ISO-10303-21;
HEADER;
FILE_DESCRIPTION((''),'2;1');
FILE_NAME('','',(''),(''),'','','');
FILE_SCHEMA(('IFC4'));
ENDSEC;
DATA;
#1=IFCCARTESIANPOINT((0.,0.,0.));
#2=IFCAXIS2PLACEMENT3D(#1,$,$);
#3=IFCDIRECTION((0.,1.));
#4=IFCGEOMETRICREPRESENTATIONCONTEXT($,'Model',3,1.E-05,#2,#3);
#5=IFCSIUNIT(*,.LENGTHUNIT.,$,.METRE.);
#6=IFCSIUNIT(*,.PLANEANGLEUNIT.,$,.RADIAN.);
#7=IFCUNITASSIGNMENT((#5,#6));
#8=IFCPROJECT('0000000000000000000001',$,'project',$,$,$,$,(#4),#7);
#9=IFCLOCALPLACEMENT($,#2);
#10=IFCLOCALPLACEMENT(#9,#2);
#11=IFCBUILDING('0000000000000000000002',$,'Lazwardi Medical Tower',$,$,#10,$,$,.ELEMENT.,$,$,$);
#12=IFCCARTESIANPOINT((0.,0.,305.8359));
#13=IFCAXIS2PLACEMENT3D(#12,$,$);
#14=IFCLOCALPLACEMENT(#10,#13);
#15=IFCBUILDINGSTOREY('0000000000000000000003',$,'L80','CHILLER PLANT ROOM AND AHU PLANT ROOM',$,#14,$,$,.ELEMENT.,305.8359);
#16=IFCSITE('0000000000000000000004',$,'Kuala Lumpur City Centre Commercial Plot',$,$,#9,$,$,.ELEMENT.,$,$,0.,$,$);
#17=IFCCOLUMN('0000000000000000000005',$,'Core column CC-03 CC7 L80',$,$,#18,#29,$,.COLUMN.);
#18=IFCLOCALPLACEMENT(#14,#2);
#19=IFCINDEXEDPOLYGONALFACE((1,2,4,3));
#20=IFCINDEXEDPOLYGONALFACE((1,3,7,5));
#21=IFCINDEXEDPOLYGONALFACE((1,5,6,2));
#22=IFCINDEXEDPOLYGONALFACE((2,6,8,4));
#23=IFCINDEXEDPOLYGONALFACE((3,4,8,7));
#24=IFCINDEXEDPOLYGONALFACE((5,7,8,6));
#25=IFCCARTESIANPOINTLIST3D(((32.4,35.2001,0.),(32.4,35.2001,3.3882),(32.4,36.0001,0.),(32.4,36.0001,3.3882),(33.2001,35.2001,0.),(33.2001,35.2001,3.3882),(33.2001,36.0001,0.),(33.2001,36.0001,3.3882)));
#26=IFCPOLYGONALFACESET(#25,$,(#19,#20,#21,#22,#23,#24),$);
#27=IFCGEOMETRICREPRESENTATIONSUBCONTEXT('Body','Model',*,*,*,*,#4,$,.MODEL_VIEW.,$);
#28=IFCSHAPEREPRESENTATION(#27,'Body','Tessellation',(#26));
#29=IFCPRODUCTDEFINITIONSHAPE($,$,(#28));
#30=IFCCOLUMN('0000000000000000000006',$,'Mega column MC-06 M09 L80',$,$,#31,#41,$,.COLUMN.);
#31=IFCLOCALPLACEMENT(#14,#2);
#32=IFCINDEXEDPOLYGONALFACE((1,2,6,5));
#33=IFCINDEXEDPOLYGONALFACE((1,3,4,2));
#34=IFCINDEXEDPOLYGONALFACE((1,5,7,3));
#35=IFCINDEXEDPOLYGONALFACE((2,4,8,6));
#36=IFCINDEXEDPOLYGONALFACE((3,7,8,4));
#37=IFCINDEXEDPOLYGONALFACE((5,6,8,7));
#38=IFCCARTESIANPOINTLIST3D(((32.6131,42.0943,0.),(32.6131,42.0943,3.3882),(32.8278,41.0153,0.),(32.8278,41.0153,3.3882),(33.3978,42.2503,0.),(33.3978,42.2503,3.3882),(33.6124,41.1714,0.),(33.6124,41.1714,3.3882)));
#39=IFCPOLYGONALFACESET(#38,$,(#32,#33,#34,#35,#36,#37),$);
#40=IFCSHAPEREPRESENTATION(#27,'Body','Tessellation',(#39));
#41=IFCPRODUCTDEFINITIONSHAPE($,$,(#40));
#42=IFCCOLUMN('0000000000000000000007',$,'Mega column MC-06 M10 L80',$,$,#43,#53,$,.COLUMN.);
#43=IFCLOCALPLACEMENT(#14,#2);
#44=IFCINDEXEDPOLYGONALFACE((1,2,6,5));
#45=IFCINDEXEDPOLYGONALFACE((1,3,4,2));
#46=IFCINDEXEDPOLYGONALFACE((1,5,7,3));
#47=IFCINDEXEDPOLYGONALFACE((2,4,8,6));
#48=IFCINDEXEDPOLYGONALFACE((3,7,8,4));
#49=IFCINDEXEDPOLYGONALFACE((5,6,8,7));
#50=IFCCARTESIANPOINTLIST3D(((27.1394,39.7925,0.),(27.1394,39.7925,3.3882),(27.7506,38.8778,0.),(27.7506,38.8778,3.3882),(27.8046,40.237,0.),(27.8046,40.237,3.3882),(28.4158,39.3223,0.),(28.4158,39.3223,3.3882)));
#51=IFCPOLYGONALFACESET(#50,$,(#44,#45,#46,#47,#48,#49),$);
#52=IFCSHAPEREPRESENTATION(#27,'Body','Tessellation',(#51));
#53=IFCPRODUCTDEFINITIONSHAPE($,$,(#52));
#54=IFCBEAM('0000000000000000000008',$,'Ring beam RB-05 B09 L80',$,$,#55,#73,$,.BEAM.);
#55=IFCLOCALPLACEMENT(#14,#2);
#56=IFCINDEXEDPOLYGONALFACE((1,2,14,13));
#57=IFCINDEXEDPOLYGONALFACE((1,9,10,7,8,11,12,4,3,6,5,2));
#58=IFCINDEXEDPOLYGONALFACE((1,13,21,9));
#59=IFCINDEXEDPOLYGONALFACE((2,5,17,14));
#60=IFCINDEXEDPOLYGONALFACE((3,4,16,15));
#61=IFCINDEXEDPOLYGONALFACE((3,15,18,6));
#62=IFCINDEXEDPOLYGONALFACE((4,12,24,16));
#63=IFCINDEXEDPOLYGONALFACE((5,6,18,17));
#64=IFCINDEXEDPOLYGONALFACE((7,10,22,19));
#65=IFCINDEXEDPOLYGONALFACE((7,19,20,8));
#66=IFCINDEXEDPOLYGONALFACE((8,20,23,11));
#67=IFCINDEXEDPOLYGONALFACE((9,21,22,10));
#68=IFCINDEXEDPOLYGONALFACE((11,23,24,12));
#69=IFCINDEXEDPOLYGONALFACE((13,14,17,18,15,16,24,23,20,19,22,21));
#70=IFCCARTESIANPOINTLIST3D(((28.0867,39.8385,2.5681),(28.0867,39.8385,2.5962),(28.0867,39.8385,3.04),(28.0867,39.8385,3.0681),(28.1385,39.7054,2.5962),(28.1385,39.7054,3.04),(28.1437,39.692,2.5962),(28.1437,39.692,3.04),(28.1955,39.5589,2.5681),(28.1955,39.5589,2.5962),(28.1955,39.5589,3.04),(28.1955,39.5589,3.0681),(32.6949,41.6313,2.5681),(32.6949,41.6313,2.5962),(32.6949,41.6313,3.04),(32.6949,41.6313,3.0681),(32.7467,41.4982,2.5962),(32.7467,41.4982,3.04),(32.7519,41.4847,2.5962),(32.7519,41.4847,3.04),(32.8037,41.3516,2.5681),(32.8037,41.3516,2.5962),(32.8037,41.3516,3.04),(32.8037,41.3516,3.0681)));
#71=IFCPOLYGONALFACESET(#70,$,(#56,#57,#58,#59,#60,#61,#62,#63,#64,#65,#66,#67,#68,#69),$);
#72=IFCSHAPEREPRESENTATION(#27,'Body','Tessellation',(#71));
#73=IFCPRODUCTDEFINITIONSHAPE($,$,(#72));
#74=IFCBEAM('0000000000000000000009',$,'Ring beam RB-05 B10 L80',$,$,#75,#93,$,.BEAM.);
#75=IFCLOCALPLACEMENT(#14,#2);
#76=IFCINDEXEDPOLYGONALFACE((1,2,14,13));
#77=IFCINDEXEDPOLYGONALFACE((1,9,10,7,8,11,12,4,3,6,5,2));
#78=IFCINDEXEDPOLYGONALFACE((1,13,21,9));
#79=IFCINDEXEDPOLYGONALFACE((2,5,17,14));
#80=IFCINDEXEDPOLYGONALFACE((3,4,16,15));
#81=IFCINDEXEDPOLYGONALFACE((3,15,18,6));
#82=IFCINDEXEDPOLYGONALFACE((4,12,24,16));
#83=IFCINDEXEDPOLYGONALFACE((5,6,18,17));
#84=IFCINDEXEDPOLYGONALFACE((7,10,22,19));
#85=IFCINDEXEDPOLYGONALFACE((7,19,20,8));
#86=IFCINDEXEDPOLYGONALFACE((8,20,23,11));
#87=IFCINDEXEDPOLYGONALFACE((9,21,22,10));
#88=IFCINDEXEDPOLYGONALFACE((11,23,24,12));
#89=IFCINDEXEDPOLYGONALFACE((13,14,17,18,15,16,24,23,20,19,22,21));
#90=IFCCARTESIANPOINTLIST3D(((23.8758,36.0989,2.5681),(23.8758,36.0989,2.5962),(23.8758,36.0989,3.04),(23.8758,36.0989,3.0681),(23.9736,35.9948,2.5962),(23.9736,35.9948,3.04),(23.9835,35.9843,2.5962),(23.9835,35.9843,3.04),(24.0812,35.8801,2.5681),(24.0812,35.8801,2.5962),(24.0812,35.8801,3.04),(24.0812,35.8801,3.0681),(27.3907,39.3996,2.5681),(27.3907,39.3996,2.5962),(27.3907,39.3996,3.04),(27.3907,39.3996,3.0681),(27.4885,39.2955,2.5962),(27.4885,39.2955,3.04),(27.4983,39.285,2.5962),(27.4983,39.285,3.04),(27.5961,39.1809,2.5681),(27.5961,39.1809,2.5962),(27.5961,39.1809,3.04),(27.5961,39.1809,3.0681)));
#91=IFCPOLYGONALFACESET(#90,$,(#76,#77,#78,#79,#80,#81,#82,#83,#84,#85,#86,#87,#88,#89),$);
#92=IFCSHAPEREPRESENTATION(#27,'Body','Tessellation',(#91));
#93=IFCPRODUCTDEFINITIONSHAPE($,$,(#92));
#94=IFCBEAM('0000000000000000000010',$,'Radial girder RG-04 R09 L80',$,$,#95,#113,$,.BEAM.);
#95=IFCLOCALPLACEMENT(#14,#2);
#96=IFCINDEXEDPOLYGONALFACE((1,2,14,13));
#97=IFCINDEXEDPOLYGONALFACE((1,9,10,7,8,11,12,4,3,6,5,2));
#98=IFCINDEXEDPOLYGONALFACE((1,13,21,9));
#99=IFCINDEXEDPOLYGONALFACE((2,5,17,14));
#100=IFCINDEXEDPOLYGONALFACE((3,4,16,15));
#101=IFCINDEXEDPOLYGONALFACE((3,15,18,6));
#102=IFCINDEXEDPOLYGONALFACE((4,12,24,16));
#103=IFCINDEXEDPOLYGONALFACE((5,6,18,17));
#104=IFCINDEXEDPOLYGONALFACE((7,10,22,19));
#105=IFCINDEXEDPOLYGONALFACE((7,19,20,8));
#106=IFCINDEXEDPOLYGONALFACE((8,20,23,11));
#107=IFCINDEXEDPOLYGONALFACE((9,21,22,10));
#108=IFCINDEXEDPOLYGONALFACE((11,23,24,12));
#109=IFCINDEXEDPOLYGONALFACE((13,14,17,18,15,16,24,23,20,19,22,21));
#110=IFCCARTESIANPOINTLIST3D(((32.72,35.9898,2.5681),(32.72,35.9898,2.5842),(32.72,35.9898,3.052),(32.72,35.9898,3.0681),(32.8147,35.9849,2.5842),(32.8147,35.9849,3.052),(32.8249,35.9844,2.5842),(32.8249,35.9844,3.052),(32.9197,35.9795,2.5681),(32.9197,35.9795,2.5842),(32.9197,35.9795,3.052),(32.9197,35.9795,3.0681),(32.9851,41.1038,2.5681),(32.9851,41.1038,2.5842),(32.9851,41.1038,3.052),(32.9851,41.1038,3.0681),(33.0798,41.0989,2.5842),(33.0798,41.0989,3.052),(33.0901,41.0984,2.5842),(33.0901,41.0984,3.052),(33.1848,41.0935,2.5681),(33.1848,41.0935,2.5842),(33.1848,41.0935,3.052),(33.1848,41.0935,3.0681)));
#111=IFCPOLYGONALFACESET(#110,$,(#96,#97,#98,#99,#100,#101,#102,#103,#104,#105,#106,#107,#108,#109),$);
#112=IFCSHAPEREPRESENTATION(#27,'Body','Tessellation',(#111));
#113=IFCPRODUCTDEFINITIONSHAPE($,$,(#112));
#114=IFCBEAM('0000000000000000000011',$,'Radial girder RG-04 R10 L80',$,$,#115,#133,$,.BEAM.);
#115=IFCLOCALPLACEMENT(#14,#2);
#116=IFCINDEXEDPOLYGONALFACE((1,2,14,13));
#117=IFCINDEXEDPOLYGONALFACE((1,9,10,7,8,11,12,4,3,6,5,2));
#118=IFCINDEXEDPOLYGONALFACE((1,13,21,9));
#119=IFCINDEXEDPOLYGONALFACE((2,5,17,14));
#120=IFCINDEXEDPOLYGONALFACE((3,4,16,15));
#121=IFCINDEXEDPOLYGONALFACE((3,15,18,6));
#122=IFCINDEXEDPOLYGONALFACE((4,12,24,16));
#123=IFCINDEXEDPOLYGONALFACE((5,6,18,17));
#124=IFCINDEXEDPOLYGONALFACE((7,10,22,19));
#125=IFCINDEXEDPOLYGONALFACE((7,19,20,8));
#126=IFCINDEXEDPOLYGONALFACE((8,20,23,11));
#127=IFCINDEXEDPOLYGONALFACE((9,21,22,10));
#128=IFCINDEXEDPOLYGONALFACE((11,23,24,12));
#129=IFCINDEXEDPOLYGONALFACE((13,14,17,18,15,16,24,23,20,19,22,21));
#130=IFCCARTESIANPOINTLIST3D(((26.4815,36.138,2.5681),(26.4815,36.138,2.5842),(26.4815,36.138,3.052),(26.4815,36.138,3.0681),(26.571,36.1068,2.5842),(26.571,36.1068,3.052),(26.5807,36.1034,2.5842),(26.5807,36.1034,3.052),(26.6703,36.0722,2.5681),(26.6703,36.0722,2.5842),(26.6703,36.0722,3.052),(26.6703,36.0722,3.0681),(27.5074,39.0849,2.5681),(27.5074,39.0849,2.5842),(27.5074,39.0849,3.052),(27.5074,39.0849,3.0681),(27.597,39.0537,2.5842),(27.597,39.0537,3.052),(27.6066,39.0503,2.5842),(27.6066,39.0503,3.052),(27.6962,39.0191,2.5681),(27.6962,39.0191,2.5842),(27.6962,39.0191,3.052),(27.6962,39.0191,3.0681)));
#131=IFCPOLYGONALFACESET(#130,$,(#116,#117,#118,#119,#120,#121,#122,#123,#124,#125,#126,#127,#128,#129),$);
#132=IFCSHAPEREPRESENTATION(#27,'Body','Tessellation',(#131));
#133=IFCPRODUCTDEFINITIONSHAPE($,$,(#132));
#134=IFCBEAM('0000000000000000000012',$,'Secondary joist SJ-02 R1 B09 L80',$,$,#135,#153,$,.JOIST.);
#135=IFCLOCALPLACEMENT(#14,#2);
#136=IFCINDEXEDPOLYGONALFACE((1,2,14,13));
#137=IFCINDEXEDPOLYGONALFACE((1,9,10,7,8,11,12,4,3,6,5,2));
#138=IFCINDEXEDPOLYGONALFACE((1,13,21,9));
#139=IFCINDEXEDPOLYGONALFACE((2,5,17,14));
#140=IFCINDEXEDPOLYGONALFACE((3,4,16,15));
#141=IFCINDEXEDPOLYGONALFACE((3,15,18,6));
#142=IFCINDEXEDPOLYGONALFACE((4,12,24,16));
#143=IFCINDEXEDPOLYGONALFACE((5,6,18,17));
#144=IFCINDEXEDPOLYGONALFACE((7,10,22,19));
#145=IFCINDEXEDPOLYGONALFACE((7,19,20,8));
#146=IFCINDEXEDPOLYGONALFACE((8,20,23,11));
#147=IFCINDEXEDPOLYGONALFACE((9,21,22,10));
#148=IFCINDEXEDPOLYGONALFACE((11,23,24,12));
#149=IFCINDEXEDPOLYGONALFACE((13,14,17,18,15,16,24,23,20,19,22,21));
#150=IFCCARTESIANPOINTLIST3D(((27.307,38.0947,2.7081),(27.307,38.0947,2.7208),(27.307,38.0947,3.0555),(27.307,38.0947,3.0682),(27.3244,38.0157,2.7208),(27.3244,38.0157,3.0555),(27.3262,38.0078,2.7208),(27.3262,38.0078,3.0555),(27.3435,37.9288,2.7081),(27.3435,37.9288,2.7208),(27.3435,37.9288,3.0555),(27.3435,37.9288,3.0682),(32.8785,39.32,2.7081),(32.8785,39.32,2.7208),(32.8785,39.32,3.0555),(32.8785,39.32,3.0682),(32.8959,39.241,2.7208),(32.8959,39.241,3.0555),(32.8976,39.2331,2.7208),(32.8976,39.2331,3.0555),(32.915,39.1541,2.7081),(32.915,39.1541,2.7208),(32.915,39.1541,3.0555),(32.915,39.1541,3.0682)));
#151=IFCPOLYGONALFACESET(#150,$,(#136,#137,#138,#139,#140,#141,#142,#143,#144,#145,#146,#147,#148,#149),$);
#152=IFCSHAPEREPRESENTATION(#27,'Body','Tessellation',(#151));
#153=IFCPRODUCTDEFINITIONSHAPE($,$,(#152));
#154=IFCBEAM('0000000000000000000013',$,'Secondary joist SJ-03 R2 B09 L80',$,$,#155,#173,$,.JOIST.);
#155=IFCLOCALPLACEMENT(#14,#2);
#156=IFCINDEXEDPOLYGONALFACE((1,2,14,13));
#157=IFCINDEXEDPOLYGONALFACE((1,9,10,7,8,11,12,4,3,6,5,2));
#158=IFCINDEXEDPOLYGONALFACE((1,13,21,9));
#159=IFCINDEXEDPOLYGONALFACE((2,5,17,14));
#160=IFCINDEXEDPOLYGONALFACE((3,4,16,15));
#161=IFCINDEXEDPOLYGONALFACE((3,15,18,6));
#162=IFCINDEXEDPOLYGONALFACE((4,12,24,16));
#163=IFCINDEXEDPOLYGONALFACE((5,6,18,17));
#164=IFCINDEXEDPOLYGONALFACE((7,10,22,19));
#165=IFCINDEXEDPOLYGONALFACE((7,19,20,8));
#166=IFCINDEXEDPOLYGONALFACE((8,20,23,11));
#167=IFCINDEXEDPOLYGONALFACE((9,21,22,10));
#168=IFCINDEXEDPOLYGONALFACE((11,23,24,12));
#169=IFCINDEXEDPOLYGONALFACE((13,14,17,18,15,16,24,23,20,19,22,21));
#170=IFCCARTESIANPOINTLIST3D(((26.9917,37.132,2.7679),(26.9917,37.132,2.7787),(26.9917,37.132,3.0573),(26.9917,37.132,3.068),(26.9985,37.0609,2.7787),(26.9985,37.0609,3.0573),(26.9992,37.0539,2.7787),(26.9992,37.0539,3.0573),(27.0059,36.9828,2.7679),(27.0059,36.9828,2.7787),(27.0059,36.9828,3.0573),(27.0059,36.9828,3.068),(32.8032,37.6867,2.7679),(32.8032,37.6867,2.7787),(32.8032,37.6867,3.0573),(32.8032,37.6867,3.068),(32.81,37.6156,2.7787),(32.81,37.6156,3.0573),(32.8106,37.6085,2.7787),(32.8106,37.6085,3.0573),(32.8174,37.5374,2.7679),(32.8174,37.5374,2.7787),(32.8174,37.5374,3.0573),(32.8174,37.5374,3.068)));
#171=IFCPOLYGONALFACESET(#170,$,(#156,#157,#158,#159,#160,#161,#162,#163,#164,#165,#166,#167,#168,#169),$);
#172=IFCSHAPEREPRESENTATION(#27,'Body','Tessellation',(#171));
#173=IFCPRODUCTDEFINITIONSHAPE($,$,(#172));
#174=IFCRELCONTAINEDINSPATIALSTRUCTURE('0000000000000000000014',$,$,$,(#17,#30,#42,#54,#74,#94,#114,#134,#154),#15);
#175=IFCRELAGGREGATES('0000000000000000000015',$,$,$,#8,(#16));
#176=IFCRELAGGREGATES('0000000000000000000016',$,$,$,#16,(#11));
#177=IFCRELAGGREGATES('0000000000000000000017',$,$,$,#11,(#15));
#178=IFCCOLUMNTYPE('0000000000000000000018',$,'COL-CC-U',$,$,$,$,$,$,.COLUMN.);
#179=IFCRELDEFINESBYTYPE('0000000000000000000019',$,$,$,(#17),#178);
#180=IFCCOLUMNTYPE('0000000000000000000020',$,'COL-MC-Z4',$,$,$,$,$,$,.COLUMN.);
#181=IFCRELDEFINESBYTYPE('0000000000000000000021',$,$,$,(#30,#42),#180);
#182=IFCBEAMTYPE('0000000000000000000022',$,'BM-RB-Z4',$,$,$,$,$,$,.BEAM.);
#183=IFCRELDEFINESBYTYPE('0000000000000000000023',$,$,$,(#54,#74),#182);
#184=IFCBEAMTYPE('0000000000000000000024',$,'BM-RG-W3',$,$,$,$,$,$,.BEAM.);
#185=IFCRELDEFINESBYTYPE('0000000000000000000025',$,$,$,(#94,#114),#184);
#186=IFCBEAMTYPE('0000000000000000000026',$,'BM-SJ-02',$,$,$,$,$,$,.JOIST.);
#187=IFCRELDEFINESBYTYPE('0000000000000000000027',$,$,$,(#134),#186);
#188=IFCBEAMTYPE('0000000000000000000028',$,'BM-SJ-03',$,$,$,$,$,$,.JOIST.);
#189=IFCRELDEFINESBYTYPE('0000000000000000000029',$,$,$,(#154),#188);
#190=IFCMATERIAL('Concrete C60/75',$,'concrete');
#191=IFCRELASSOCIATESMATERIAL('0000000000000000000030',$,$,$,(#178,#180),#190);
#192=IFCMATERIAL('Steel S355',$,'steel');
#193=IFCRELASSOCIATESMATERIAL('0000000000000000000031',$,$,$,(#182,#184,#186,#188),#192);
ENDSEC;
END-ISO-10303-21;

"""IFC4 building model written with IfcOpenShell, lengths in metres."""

from ifc_helpers import new_model, si_unit, direction, frame, origin, origin_2d, place, context, subcontext, project, spatial, rectangle, i_section, extrude, material, material_profile, profile_set, type_object, element, save


model = new_model("IFC4")

# Units and contexts
model_context = context("Model", 3, precision=1e-05, world=origin(), true_north=direction((0.0, 1.0)))
body_context = subcontext(model_context, "Body", "Model", "MODEL_VIEW")
ifc_project = project(units=[si_unit("LENGTHUNIT", "METRE"), si_unit("PLANEANGLEUNIT", "RADIAN")], contexts=[model_context])

# Site, building, storey
site_placement = place(None, origin())
site = spatial("IfcSite", under=ifc_project, at=site_placement, Name="Kuala Lumpur City Centre Commercial Plot", CompositionType="ELEMENT", RefElevation=0.0)
building_placement = place(site_placement, origin())
building = spatial("IfcBuilding", under=site, at=building_placement, Name="Lazwardi Medical Tower", CompositionType="ELEMENT")
storey_placement = place(building_placement, frame((0.0, 0.0, 305.8359)))
storey = spatial("IfcBuildingStorey", under=building, at=storey_placement, Name="L80", Description="CHILLER PLANT ROOM AND AHU PLANT ROOM", CompositionType="ELEMENT", Elevation=305.8359)

# Columns
ifc_material_1 = material(Name="Concrete C60/75", Category="concrete")
ifc_material_profile_1 = material_profile(ifc_material_1, rectangle(XDim=0.8, YDim=0.8, at=origin_2d()), Name="RC 800x800")
ifc_profile_set_1 = profile_set([ifc_material_profile_1], Name="Concrete C60/75")
column_type_1 = type_object("IfcColumnType", Name="COL-CC-U", PredefinedType="COLUMN", material=ifc_profile_set_1)
column_placement = place(storey_placement, frame((32.8, 35.6001, 0.0), z_axis=(0.0, 0.0, 1.0), x_axis=(1.0, 0.0, 0.0)))
element("IfcColumn", 1, at=column_placement, inside=storey, type_object=column_type_1, Name="Core column CC-03 CC7 L80", PredefinedType="COLUMN", context=body_context, shape_type="SweptSolid", body=[
    extrude(rectangle(XDim=0.8, YDim=0.8, at=origin_2d()), origin(), (0.0, 0.0, 1.0), 3.3882),
])
ifc_material_profile_2 = material_profile(ifc_material_1, rectangle(XDim=1.1001, YDim=0.8, at=origin_2d()), Name="CFT-RECT 1100x800")
ifc_profile_set_2 = profile_set([ifc_material_profile_2], Name="Concrete C60/75")
column_type_2 = type_object("IfcColumnType", Name="COL-MC-Z4", PredefinedType="COLUMN", material=ifc_profile_set_2)
for number, where, z_axis, x_axis, name in (
    (2, (33.1128, 41.6328, 0.0), (0.0, 0.0, 1.0), (-0.19509, 0.980785, 0.0), "Mega column MC-06 M09 L80"),
    (3, (27.7776, 39.5574, 0.0), (0.0, 0.0, 1.0), (-0.55557, 0.83147, 0.0), "Mega column MC-06 M10 L80"),
):
    element("IfcColumn", number, at=place(storey_placement, frame(where, z_axis=z_axis, x_axis=x_axis)), inside=storey, type_object=column_type_2, Name=name, PredefinedType="COLUMN", context=body_context, shape_type="SweptSolid", body=[
        extrude(rectangle(XDim=1.1001, YDim=0.8, at=origin_2d()), origin(), (0.0, 0.0, 1.0), 3.3882),
    ])

# Beams
ifc_material_2 = material(Name="Steel S355", Category="steel")
ifc_material_profile_3 = material_profile(ifc_material_2, i_section(OverallWidth=0.3, OverallDepth=0.5, WebThickness=0.0144, FlangeThickness=0.0281, at=origin_2d()), Name="HEB 500")
ifc_profile_set_3 = profile_set([ifc_material_profile_3], Name="Steel S355")
beam_type_1 = type_object("IfcBeamType", Name="BM-RB-Z4", PredefinedType="BEAM", material=ifc_profile_set_3)
beam_1_placement = place(storey_placement, frame((32.7493, 41.4915, 2.8181), z_axis=(-0.931959, -0.362563, 0.0), x_axis=(0.362563, -0.931959, 0.0)))
element("IfcBeam", 4, at=beam_1_placement, inside=storey, type_object=beam_type_1, Name="Ring beam RB-05 B09 L80", PredefinedType="BEAM", context=body_context, shape_type="SweptSolid", body=[
    extrude(i_section(OverallWidth=0.3, OverallDepth=0.5, WebThickness=0.0144, FlangeThickness=0.0281, at=origin_2d()), origin(), (0.0, 0.0, 1.0), 4.9446),
])
beam_2_placement = place(storey_placement, frame((27.4934, 39.2903, 2.8181), z_axis=(-0.728961, -0.684556, 0.0), x_axis=(0.684556, -0.728961, 0.0)))
element("IfcBeam", 5, at=beam_2_placement, inside=storey, type_object=beam_type_1, Name="Ring beam RB-05 B10 L80", PredefinedType="BEAM", context=body_context, shape_type="SweptSolid", body=[
    extrude(i_section(OverallWidth=0.3, OverallDepth=0.5, WebThickness=0.0144, FlangeThickness=0.0281, at=origin_2d()), origin(), (0.0, 0.0, 1.0), 4.8218),
])
ifc_material_profile_4 = material_profile(ifc_material_2, i_section(OverallWidth=0.2, OverallDepth=0.5, WebThickness=0.0103, FlangeThickness=0.0161, at=origin_2d()), Name="IPE 500")
ifc_profile_set_4 = profile_set([ifc_material_profile_4], Name="Steel S355")
beam_type_2 = type_object("IfcBeamType", Name="BM-RG-W3", PredefinedType="BEAM", material=ifc_profile_set_4)
beam_3_placement = place(storey_placement, frame((33.085, 41.0986, 2.8181), z_axis=(-0.051776, -0.998659, 0.0), x_axis=(0.998659, -0.051776, 0.0)))
element("IfcBeam", 6, at=beam_3_placement, inside=storey, type_object=beam_type_2, Name="Radial girder RG-04 R09 L80", PredefinedType="BEAM", context=body_context, shape_type="SweptSolid", body=[
    extrude(i_section(OverallWidth=0.2, OverallDepth=0.5, WebThickness=0.0103, FlangeThickness=0.0161, at=origin_2d()), origin(), (0.0, 0.0, 1.0), 5.1208),
])
beam_4_placement = place(storey_placement, frame((27.6018, 39.052, 2.8181), z_axis=(-0.328782, -0.944406, 0.0), x_axis=(0.944406, -0.328782, 0.0)))
element("IfcBeam", 7, at=beam_4_placement, inside=storey, type_object=beam_type_2, Name="Radial girder RG-04 R10 L80", PredefinedType="BEAM", context=body_context, shape_type="SweptSolid", body=[
    extrude(i_section(OverallWidth=0.2, OverallDepth=0.5, WebThickness=0.0103, FlangeThickness=0.0161, at=origin_2d()), origin(), (0.0, 0.0, 1.0), 3.1204),
])
ifc_material_profile_5 = material_profile(ifc_material_2, i_section(OverallWidth=0.1699, OverallDepth=0.3601, WebThickness=0.0081, FlangeThickness=0.0127, at=origin_2d()), Name="IPE 360")
ifc_profile_set_5 = profile_set([ifc_material_profile_5], Name="Steel S355")
beam_type_3 = type_object("IfcBeamType", Name="BM-SJ-02", PredefinedType="JOIST", material=ifc_profile_set_5)
beam_5_placement = place(storey_placement, frame((32.8967, 39.2371, 2.8882), z_axis=(-0.976659, -0.214796, 0.0), x_axis=(0.214796, -0.976659, 0.0)))
element("IfcBeam", 8, at=beam_5_placement, inside=storey, type_object=beam_type_3, Name="Secondary joist SJ-02 R1 B09 L80", PredefinedType="JOIST", context=body_context, shape_type="SweptSolid", body=[
    extrude(i_section(OverallWidth=0.1699, OverallDepth=0.3601, WebThickness=0.0081, FlangeThickness=0.0127, at=origin_2d()), origin(), (0.0, 0.0, 1.0), 5.7046),
])
ifc_material_profile_6 = material_profile(ifc_material_2, i_section(OverallWidth=0.1499, OverallDepth=0.3, WebThickness=0.0071, FlangeThickness=0.0107, at=origin_2d()), Name="IPE 300")
ifc_profile_set_6 = profile_set([ifc_material_profile_6], Name="Steel S355")
beam_type_4 = type_object("IfcBeamType", Name="BM-SJ-03", PredefinedType="JOIST", material=ifc_profile_set_6)
beam_6_placement = place(storey_placement, frame((32.8103, 37.6121, 2.918), z_axis=(-0.995476, -0.095014, 0.0), x_axis=(0.095014, -0.995476, 0.0)))
element("IfcBeam", 9, at=beam_6_placement, inside=storey, type_object=beam_type_4, Name="Secondary joist SJ-03 R2 B09 L80", PredefinedType="JOIST", context=body_context, shape_type="SweptSolid", body=[
    extrude(i_section(OverallWidth=0.1499, OverallDepth=0.3, WebThickness=0.0071, FlangeThickness=0.0107, at=origin_2d()), origin(), (0.0, 0.0, 1.0), 5.8379),
])

save(model, "model.ifc")
